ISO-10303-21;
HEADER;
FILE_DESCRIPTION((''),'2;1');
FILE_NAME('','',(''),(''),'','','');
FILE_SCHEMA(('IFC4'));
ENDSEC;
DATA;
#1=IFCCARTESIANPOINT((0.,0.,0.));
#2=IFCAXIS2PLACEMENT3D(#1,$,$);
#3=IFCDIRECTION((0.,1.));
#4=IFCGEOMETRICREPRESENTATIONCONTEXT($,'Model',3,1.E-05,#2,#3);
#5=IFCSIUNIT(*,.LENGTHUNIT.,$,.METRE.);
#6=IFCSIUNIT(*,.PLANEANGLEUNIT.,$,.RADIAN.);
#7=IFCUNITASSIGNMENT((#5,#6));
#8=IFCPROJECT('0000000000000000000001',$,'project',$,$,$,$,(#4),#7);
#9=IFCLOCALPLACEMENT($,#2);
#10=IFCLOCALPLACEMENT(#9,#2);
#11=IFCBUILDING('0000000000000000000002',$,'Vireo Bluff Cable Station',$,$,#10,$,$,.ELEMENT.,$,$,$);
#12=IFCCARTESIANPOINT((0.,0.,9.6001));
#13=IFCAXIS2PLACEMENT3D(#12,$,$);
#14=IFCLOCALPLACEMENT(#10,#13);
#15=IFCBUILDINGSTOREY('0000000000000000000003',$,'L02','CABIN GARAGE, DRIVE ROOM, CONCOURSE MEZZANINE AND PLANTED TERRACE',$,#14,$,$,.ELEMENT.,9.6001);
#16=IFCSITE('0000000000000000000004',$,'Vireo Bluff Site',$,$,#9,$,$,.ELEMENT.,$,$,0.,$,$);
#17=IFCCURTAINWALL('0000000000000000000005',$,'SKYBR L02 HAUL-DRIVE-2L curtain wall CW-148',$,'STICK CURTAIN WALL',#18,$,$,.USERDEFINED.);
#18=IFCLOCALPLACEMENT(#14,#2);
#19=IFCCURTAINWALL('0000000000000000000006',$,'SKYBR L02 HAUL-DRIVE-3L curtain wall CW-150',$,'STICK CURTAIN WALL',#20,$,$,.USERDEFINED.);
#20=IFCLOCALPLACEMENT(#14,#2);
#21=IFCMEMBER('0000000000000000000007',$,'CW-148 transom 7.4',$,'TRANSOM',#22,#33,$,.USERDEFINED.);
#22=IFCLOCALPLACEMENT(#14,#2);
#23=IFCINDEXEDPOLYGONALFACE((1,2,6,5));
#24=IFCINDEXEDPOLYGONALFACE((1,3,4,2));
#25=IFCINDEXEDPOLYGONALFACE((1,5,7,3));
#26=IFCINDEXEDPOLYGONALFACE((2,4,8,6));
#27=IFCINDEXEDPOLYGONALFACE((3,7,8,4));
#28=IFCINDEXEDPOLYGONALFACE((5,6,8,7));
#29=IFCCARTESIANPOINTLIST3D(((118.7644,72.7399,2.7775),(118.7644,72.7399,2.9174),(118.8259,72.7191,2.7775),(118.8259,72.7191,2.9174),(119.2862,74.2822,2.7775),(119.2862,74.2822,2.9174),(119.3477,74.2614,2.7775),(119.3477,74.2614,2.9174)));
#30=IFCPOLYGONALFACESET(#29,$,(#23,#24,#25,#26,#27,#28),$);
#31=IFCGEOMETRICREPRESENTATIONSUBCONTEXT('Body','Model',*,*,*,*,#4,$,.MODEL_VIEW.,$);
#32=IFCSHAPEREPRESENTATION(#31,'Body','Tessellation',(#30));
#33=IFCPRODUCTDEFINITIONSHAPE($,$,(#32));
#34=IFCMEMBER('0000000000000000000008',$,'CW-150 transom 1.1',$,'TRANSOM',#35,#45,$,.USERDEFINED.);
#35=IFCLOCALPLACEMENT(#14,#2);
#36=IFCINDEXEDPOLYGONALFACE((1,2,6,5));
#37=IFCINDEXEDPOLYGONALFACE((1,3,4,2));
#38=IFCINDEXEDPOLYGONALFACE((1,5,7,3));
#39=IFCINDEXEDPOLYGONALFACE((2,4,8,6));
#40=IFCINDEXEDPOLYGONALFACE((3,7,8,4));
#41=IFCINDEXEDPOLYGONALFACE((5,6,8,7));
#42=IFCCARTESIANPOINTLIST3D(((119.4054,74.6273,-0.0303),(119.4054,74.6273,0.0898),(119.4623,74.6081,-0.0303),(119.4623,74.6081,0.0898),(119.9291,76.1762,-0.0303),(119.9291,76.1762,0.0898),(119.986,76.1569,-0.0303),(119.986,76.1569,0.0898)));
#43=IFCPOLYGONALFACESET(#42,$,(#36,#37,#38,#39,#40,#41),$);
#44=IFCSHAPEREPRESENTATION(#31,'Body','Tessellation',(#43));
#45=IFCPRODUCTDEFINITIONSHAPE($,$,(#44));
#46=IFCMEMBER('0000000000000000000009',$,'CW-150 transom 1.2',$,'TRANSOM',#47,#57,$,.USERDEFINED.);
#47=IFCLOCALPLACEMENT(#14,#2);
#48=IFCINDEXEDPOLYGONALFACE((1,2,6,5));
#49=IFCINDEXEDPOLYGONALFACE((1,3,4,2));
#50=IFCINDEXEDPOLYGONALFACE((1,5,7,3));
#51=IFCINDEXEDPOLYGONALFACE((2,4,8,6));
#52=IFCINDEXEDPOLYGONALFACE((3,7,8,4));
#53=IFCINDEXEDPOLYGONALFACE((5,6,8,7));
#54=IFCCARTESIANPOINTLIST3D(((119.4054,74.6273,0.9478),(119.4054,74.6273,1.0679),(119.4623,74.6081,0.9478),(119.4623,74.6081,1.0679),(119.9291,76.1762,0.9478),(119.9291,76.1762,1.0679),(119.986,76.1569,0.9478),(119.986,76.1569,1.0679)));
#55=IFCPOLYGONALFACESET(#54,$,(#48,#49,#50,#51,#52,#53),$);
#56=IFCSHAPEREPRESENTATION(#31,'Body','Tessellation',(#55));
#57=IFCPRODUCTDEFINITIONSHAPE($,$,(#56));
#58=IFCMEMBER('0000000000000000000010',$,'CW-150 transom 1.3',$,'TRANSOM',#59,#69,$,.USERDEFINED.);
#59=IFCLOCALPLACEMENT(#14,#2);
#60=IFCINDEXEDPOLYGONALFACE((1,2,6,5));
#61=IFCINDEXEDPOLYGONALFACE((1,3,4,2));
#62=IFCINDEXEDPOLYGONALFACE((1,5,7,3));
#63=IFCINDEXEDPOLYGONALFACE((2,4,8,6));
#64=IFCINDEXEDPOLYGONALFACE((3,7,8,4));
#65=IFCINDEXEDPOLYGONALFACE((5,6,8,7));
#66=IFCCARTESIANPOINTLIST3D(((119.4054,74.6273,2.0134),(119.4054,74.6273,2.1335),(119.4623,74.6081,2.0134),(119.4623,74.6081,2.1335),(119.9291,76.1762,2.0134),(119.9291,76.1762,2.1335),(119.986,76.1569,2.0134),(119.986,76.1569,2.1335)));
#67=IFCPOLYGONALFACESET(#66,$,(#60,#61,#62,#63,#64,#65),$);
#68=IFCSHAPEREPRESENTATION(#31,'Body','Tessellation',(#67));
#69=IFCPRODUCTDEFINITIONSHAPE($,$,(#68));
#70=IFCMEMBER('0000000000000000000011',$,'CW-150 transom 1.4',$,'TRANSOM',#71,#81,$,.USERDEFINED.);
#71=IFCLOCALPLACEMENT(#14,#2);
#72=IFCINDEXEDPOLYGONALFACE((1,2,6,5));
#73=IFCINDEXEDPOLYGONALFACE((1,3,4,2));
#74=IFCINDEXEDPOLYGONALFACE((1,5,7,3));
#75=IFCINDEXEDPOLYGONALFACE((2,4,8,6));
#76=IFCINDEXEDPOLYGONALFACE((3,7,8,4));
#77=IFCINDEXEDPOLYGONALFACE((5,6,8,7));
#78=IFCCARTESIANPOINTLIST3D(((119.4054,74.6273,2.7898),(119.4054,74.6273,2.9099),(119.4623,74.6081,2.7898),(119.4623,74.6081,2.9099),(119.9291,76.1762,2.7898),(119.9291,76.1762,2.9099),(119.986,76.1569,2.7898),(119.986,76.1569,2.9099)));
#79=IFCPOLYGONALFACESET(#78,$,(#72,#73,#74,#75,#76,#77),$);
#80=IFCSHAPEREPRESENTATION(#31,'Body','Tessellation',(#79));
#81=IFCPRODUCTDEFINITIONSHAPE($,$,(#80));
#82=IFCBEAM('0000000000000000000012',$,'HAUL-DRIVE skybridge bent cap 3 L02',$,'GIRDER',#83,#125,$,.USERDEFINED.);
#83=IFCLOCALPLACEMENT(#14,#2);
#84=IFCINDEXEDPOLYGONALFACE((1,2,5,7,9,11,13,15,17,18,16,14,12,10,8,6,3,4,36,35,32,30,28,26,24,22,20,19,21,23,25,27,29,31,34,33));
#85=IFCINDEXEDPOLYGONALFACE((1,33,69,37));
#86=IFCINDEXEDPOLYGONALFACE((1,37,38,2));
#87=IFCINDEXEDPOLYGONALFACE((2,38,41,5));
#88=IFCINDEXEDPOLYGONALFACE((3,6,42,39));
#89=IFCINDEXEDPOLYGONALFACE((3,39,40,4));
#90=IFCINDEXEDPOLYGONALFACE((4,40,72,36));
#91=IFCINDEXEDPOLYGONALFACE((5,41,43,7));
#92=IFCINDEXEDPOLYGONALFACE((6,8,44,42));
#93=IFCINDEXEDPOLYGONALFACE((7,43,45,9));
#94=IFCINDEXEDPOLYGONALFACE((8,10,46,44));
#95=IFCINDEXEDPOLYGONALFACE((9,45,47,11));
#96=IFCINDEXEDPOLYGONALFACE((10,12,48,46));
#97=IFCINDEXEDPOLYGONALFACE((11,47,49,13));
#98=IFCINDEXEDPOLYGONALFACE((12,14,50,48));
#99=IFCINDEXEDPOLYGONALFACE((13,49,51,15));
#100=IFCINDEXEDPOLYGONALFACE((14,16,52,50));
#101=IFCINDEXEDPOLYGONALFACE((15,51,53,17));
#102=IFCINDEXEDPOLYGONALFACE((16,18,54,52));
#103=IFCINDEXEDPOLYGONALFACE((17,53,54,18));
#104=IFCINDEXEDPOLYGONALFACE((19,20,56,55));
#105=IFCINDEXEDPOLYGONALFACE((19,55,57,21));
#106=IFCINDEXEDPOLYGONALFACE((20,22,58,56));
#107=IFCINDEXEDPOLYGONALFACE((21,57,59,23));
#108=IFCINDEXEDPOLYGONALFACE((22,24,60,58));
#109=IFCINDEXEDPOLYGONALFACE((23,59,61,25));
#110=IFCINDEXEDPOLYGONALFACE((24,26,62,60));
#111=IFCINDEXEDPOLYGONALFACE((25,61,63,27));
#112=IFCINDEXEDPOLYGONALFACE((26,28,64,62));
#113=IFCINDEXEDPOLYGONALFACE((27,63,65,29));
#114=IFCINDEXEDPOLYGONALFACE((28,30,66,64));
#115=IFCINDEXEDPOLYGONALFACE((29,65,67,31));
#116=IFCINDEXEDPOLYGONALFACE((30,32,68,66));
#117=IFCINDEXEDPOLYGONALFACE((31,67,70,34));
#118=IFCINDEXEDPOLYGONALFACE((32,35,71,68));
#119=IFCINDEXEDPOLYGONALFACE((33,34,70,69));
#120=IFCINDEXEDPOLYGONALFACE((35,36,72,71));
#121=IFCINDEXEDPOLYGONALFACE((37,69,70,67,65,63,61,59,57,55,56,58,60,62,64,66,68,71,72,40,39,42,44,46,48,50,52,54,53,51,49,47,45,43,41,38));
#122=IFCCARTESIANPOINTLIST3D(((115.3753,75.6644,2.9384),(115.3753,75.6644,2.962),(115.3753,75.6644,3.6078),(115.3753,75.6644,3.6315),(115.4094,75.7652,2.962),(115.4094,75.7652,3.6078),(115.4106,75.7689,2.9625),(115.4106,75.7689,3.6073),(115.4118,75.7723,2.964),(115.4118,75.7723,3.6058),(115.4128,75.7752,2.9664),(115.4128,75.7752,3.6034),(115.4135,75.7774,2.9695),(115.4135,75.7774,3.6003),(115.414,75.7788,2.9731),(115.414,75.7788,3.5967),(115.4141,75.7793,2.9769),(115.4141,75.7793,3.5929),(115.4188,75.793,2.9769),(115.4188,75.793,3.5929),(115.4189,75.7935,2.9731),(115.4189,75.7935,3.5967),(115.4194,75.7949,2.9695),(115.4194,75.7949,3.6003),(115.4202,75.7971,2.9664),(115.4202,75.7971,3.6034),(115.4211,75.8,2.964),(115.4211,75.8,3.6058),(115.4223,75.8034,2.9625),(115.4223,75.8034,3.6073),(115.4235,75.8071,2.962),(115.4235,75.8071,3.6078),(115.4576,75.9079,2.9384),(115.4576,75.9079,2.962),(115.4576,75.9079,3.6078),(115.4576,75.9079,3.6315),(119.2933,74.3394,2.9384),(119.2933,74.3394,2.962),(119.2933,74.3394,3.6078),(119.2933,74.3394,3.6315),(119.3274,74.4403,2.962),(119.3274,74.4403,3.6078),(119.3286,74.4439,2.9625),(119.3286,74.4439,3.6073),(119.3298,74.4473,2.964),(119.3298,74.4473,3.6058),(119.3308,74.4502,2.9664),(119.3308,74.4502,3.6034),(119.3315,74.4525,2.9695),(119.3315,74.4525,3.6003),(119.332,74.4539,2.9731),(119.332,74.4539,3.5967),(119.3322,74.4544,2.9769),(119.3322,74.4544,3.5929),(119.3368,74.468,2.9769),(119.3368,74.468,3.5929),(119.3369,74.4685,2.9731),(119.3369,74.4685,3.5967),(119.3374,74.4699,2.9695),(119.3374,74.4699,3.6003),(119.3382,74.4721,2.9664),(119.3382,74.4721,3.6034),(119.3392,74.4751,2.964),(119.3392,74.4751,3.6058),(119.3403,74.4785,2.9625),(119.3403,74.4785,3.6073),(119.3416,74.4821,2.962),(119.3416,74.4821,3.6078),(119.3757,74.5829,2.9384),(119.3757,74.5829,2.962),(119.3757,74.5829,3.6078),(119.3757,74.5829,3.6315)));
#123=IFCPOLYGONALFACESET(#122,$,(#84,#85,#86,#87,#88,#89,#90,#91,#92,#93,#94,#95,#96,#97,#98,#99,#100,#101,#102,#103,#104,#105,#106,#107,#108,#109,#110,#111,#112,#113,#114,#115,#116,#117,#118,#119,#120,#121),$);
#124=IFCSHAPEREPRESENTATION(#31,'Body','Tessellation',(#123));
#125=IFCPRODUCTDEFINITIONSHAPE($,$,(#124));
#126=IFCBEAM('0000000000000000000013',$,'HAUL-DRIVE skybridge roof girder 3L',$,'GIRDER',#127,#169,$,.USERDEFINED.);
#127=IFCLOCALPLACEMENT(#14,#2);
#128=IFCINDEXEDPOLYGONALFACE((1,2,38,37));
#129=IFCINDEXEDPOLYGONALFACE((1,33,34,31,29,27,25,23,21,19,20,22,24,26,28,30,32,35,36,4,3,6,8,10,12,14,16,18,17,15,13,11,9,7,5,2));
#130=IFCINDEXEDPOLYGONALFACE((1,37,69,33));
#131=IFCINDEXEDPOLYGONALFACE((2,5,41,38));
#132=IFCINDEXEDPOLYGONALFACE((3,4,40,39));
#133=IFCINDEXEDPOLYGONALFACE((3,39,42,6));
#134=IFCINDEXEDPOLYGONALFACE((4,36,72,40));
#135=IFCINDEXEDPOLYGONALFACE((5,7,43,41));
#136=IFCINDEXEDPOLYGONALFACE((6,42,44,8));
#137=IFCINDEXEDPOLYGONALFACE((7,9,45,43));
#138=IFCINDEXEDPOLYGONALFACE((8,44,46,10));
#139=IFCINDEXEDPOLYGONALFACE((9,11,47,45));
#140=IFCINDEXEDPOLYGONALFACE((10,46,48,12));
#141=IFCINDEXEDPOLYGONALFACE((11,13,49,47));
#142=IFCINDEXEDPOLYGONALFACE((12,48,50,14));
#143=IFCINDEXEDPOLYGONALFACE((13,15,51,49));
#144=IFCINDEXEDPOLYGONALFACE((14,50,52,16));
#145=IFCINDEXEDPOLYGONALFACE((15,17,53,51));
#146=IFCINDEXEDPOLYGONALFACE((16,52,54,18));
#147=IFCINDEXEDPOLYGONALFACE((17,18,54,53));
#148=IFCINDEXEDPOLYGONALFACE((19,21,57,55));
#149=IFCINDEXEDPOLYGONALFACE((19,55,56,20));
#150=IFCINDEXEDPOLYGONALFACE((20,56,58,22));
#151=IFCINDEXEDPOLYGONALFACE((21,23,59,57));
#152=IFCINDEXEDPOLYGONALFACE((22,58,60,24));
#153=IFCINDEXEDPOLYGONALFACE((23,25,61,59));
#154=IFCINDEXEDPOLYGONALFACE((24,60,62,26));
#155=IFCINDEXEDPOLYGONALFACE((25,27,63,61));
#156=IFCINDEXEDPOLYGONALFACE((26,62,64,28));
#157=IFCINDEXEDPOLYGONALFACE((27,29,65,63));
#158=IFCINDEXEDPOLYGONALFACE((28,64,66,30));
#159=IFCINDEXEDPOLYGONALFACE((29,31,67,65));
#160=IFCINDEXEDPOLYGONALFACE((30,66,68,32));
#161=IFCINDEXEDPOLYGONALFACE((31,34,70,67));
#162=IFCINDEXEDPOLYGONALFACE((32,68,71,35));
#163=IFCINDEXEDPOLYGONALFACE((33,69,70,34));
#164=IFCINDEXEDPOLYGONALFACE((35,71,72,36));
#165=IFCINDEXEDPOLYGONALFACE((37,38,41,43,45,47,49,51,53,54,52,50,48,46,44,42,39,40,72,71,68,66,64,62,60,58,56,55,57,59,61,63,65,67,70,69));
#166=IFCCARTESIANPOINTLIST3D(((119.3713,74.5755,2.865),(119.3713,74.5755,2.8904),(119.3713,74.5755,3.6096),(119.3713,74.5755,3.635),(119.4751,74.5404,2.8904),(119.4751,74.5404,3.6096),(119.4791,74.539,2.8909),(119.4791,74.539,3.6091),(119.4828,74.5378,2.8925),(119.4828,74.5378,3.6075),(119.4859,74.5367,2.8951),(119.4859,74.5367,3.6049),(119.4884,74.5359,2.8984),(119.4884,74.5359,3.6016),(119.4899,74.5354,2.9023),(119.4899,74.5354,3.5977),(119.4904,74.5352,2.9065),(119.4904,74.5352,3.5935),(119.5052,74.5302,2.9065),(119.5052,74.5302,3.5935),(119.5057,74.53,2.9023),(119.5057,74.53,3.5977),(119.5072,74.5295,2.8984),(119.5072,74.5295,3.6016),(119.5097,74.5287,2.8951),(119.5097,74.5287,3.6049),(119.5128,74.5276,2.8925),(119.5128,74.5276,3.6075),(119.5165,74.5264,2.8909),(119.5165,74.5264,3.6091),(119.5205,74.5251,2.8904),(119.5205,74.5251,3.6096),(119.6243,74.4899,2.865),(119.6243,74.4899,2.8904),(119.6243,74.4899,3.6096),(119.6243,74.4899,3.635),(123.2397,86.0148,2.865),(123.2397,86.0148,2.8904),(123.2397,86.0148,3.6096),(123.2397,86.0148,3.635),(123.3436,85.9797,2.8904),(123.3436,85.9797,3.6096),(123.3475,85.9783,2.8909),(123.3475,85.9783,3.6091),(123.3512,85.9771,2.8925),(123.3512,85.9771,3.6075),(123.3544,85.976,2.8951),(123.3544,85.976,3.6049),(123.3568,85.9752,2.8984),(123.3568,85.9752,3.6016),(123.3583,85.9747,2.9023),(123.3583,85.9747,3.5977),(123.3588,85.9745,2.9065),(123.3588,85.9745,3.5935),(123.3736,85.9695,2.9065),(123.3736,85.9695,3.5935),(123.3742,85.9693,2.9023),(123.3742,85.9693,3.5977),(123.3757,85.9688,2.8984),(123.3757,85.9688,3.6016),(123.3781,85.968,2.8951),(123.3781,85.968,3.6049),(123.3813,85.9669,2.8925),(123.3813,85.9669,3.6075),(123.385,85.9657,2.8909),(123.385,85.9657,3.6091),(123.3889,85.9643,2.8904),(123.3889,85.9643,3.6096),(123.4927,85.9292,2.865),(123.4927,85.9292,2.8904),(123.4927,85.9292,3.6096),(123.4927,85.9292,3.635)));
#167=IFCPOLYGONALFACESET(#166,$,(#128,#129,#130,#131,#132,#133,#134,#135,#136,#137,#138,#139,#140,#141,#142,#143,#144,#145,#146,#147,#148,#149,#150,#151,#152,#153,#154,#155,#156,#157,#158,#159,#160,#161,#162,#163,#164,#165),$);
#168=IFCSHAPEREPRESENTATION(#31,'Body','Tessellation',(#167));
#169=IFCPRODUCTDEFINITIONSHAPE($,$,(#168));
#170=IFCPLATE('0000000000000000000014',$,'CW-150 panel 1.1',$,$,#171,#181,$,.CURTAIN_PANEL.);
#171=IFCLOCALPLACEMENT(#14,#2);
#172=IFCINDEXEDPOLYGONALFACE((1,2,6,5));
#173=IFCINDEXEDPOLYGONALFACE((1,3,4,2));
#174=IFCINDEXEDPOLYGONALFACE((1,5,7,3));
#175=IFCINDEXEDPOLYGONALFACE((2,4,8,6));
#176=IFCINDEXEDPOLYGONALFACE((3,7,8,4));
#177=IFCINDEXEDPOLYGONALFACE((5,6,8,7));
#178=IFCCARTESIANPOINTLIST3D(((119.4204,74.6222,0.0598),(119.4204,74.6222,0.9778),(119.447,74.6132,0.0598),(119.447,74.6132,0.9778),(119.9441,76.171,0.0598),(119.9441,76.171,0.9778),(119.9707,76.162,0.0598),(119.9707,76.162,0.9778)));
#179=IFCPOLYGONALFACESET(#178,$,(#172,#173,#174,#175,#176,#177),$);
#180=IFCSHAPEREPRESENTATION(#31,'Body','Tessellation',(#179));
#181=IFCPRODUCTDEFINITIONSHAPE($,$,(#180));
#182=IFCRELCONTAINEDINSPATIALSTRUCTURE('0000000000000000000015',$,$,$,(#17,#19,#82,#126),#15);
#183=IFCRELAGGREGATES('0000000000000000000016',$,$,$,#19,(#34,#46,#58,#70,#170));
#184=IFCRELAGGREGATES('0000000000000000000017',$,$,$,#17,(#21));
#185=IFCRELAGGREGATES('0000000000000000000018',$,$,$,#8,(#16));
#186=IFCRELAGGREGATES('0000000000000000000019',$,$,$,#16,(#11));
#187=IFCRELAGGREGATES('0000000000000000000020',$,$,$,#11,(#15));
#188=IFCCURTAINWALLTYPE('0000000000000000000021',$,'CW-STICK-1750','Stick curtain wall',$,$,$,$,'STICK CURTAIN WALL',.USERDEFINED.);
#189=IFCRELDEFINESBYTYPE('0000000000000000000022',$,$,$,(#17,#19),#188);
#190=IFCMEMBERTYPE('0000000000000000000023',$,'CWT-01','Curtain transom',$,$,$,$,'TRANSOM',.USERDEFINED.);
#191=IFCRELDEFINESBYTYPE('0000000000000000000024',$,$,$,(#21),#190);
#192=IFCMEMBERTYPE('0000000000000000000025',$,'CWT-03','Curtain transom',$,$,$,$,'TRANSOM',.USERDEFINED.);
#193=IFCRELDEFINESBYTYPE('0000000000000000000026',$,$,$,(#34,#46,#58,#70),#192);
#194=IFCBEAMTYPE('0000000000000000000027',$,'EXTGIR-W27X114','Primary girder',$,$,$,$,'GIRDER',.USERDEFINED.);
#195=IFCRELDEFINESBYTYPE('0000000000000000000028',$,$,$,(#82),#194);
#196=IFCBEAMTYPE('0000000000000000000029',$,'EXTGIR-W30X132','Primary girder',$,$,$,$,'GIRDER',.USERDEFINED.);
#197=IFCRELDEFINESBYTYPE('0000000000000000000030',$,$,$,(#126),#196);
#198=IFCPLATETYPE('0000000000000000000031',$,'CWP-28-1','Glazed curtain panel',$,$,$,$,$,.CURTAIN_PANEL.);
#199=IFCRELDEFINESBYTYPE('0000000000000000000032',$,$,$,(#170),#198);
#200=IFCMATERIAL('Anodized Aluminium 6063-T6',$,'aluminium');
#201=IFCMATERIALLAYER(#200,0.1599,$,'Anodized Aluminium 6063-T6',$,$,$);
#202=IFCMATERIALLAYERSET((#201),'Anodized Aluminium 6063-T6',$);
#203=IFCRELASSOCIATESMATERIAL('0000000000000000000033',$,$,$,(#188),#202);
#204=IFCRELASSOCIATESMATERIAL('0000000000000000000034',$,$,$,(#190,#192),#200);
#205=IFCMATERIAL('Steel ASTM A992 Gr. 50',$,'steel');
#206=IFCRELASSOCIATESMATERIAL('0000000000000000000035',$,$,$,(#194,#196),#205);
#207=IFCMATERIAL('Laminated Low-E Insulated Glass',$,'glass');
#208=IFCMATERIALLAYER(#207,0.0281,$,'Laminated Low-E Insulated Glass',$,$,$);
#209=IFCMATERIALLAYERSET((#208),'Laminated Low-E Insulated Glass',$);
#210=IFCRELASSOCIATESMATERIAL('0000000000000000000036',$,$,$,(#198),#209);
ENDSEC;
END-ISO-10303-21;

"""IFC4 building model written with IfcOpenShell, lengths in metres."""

from ifc_helpers import new_model, si_unit, direction, frame, origin, origin_2d, place, context, subcontext, project, spatial, rectangle, i_section, extrude, material, layer, layer_set, material_profile, profile_set, type_object, element, aggregate, save


model = new_model("IFC4")

# Units and contexts
model_context = context("Model", 3, precision=1e-05, world=origin(), true_north=direction((0.0, 1.0)))
body_context = subcontext(model_context, "Body", "Model", "MODEL_VIEW")
ifc_project = project(units=[si_unit("LENGTHUNIT", "METRE"), si_unit("PLANEANGLEUNIT", "RADIAN")], contexts=[model_context])

# Site, building, storey
site_placement = place(None, origin())
site = spatial("IfcSite", under=ifc_project, at=site_placement, Name="Vireo Bluff Site", CompositionType="ELEMENT", RefElevation=0.0)
building_placement = place(site_placement, origin())
building = spatial("IfcBuilding", under=site, at=building_placement, Name="Vireo Bluff Cable Station", CompositionType="ELEMENT")
storey_placement = place(building_placement, frame((0.0, 0.0, 9.6001)))
storey = spatial("IfcBuildingStorey", under=building, at=storey_placement, Name="L02", Description="CABIN GARAGE, DRIVE ROOM, CONCOURSE MEZZANINE AND PLANTED TERRACE", CompositionType="ELEMENT", Elevation=9.6001)

# Shared definitions
ifc_material_1 = material(Name="Steel ASTM A992 Gr. 50", Category="steel")

# Curtain wall
ifc_material_2 = material(Name="Anodized Aluminium 6063-T6", Category="aluminium")
ifc_layer_1 = layer(ifc_material_2, 0.1599, Name="Anodized Aluminium 6063-T6")
ifc_layer_set_1 = layer_set([ifc_layer_1], Name="Anodized Aluminium 6063-T6")
curtain_wall_type = type_object("IfcCurtainWallType", Name="CW-STICK-1750", Description="Stick curtain wall", ElementType="STICK CURTAIN WALL", PredefinedType="USERDEFINED", material=ifc_layer_set_1)
curtain_wall_1_placement = place(storey_placement, origin())
curtain_wall_1 = element("IfcCurtainWall", 1, at=curtain_wall_1_placement, inside=storey, type_object=curtain_wall_type, Name="SKYBR L02 HAUL-DRIVE-2L curtain wall CW-148", ObjectType="STICK CURTAIN WALL", PredefinedType="USERDEFINED")

# Curtain wall
curtain_wall_2_placement = place(storey_placement, origin())
curtain_wall_2 = element("IfcCurtainWall", 2, at=curtain_wall_2_placement, inside=storey, type_object=curtain_wall_type, Name="SKYBR L02 HAUL-DRIVE-3L curtain wall CW-150", ObjectType="STICK CURTAIN WALL", PredefinedType="USERDEFINED")

# Members
ifc_material_profile_1 = material_profile(ifc_material_2, rectangle(XDim=0.0649, YDim=0.1399, at=origin_2d()), Name="ALU-T-65X140")
ifc_profile_set_1 = profile_set([ifc_material_profile_1], Name="Anodized Aluminium 6063-T6")
member_type_1 = type_object("IfcMemberType", Name="CWT-01", Description="Curtain transom", ElementType="TRANSOM", PredefinedType="USERDEFINED", material=ifc_profile_set_1)
member_1_placement = place(storey_placement, frame((118.7952, 72.7295, 2.8474), z_axis=(0.320453, 0.947264, 0.0), x_axis=(-0.947264, 0.320453, 0.0)))
member_1 = element("IfcMember", 3, at=member_1_placement, type_object=member_type_1, Name="CW-148 transom 7.4", ObjectType="TRANSOM", PredefinedType="USERDEFINED", context=body_context, shape_type="SweptSolid", body=[
    extrude(rectangle(XDim=0.0649, YDim=0.1399, at=origin_2d()), origin(), (0.0, 0.0, 1.0), 1.6282),
])
ifc_material_profile_2 = material_profile(ifc_material_2, rectangle(XDim=0.0601, YDim=0.1201, at=origin_2d()), Name="ALU-T-60X120")
ifc_profile_set_2 = profile_set([ifc_material_profile_2], Name="Anodized Aluminium 6063-T6")
member_type_2 = type_object("IfcMemberType", Name="CWT-03", Description="Curtain transom", ElementType="TRANSOM", PredefinedType="USERDEFINED", material=ifc_profile_set_2)
member_2_placement = place(storey_placement, frame((119.4338, 74.6177, 0.0298), z_axis=(0.320301, 0.947316, 0.0), x_axis=(-0.947316, 0.320301, 0.0)))
member_2 = element("IfcMember", 4, at=member_2_placement, type_object=member_type_2, Name="CW-150 transom 1.1", ObjectType="TRANSOM", PredefinedType="USERDEFINED", context=body_context, shape_type="SweptSolid", body=[
    extrude(rectangle(XDim=0.0601, YDim=0.1201, at=origin_2d()), origin(), (0.0, 0.0, 1.0), 1.635),
])
member_3_placement = place(storey_placement, frame((119.4338, 74.6177, 1.0078), z_axis=(0.320301, 0.947316, 0.0), x_axis=(-0.947316, 0.320301, 0.0)))
member_3 = element("IfcMember", 5, at=member_3_placement, type_object=member_type_2, Name="CW-150 transom 1.2", ObjectType="TRANSOM", PredefinedType="USERDEFINED", context=body_context, shape_type="SweptSolid", body=[
    extrude(rectangle(XDim=0.0601, YDim=0.1201, at=origin_2d()), origin(), (0.0, 0.0, 1.0), 1.635),
])
member_4_placement = place(storey_placement, frame((119.4338, 74.6177, 2.0735), z_axis=(0.320301, 0.947316, 0.0), x_axis=(-0.947316, 0.320301, 0.0)))
member_4 = element("IfcMember", 6, at=member_4_placement, type_object=member_type_2, Name="CW-150 transom 1.3", ObjectType="TRANSOM", PredefinedType="USERDEFINED", context=body_context, shape_type="SweptSolid", body=[
    extrude(rectangle(XDim=0.0601, YDim=0.1201, at=origin_2d()), origin(), (0.0, 0.0, 1.0), 1.635),
])
member_5_placement = place(storey_placement, frame((119.4338, 74.6177, 2.8499), z_axis=(0.320301, 0.947316, 0.0), x_axis=(-0.947316, 0.320301, 0.0)))
member_5 = element("IfcMember", 7, at=member_5_placement, type_object=member_type_2, Name="CW-150 transom 1.4", ObjectType="TRANSOM", PredefinedType="USERDEFINED", context=body_context, shape_type="SweptSolid", body=[
    extrude(rectangle(XDim=0.0601, YDim=0.1201, at=origin_2d()), origin(), (0.0, 0.0, 1.0), 1.635),
])

# Beams
ifc_material_profile_3 = material_profile(ifc_material_1, i_section(OverallWidth=0.2571, OverallDepth=0.6931, WebThickness=0.0144, FlangeThickness=0.0237, FilletRadius=0.0149, at=origin_2d()), Name="W27X114")
ifc_profile_set_3 = profile_set([ifc_material_profile_3], Name="Steel ASTM A992 Gr. 50")
beam_type_1 = type_object("IfcBeamType", Name="EXTGIR-W27X114", Description="Primary girder", ElementType="GIRDER", PredefinedType="USERDEFINED", material=ifc_profile_set_3)
beam_1_placement = place(storey_placement, frame((119.3345, 74.4612, 3.2849), z_axis=(-0.947299, 0.320351, 0.0), x_axis=(-0.320351, -0.947299, 0.0)))
element("IfcBeam", 8, at=beam_1_placement, inside=storey, type_object=beam_type_1, Name="HAUL-DRIVE skybridge bent cap 3 L02", ObjectType="GIRDER", PredefinedType="USERDEFINED", context=body_context, shape_type="SweptSolid", body=[
    extrude(i_section(OverallWidth=0.2571, OverallDepth=0.6931, WebThickness=0.0144, FlangeThickness=0.0237, FilletRadius=0.0149, at=origin_2d()), origin(), (0.0, 0.0, 1.0), 4.136),
])
ifc_material_profile_4 = material_profile(ifc_material_1, i_section(OverallWidth=0.2671, OverallDepth=0.77, WebThickness=0.0156, FlangeThickness=0.0254, FilletRadius=0.0161, at=origin_2d()), Name="W30X132")
ifc_profile_set_4 = profile_set([ifc_material_profile_4], Name="Steel ASTM A992 Gr. 50")
beam_type_2 = type_object("IfcBeamType", Name="EXTGIR-W30X132", Description="Primary girder", ElementType="GIRDER", PredefinedType="USERDEFINED", material=ifc_profile_set_4)
beam_2_placement = place(storey_placement, frame((119.4978, 74.5327, 3.25), z_axis=(0.320349, 0.9473, 0.0), x_axis=(-0.9473, 0.320349, 0.0)))
element("IfcBeam", 9, at=beam_2_placement, inside=storey, type_object=beam_type_2, Name="HAUL-DRIVE skybridge roof girder 3L", ObjectType="GIRDER", PredefinedType="USERDEFINED", context=body_context, shape_type="SweptSolid", body=[
    extrude(i_section(OverallWidth=0.2671, OverallDepth=0.77, WebThickness=0.0156, FlangeThickness=0.0254, FilletRadius=0.0161, at=origin_2d()), origin(), (0.0, 0.0, 1.0), 12.0757),
])

# Plate
ifc_material_3 = material(Name="Laminated Low-E Insulated Glass", Category="glass")
ifc_layer_2 = layer(ifc_material_3, 0.0281, Name="Laminated Low-E Insulated Glass")
ifc_layer_set_2 = layer_set([ifc_layer_2], Name="Laminated Low-E Insulated Glass")
plate_type_1 = type_object("IfcPlateType", Name="CWP-28-1", Description="Glazed curtain panel", PredefinedType="CURTAIN_PANEL", material=ifc_layer_set_2)
plate_1_placement = place(storey_placement, frame((119.6956, 75.3921, 0.0598), z_axis=(0.0, 0.0, 1.0), x_axis=(0.320354, 0.947298, 0.0)))
plate_1 = element("IfcPlate", 10, at=plate_1_placement, type_object=plate_type_1, Name="CW-150 panel 1.1", PredefinedType="CURTAIN_PANEL", context=body_context, shape_type="SweptSolid", body=[
    extrude(rectangle(XDim=1.635, YDim=0.0281, at=origin_2d()), origin(), (0.0, 0.0, 1.0), 0.918),
])
aggregate(curtain_wall_2, [member_2, member_3, member_4, member_5, plate_1])
aggregate(curtain_wall_1, [member_1])

save(model, "model.ifc")
